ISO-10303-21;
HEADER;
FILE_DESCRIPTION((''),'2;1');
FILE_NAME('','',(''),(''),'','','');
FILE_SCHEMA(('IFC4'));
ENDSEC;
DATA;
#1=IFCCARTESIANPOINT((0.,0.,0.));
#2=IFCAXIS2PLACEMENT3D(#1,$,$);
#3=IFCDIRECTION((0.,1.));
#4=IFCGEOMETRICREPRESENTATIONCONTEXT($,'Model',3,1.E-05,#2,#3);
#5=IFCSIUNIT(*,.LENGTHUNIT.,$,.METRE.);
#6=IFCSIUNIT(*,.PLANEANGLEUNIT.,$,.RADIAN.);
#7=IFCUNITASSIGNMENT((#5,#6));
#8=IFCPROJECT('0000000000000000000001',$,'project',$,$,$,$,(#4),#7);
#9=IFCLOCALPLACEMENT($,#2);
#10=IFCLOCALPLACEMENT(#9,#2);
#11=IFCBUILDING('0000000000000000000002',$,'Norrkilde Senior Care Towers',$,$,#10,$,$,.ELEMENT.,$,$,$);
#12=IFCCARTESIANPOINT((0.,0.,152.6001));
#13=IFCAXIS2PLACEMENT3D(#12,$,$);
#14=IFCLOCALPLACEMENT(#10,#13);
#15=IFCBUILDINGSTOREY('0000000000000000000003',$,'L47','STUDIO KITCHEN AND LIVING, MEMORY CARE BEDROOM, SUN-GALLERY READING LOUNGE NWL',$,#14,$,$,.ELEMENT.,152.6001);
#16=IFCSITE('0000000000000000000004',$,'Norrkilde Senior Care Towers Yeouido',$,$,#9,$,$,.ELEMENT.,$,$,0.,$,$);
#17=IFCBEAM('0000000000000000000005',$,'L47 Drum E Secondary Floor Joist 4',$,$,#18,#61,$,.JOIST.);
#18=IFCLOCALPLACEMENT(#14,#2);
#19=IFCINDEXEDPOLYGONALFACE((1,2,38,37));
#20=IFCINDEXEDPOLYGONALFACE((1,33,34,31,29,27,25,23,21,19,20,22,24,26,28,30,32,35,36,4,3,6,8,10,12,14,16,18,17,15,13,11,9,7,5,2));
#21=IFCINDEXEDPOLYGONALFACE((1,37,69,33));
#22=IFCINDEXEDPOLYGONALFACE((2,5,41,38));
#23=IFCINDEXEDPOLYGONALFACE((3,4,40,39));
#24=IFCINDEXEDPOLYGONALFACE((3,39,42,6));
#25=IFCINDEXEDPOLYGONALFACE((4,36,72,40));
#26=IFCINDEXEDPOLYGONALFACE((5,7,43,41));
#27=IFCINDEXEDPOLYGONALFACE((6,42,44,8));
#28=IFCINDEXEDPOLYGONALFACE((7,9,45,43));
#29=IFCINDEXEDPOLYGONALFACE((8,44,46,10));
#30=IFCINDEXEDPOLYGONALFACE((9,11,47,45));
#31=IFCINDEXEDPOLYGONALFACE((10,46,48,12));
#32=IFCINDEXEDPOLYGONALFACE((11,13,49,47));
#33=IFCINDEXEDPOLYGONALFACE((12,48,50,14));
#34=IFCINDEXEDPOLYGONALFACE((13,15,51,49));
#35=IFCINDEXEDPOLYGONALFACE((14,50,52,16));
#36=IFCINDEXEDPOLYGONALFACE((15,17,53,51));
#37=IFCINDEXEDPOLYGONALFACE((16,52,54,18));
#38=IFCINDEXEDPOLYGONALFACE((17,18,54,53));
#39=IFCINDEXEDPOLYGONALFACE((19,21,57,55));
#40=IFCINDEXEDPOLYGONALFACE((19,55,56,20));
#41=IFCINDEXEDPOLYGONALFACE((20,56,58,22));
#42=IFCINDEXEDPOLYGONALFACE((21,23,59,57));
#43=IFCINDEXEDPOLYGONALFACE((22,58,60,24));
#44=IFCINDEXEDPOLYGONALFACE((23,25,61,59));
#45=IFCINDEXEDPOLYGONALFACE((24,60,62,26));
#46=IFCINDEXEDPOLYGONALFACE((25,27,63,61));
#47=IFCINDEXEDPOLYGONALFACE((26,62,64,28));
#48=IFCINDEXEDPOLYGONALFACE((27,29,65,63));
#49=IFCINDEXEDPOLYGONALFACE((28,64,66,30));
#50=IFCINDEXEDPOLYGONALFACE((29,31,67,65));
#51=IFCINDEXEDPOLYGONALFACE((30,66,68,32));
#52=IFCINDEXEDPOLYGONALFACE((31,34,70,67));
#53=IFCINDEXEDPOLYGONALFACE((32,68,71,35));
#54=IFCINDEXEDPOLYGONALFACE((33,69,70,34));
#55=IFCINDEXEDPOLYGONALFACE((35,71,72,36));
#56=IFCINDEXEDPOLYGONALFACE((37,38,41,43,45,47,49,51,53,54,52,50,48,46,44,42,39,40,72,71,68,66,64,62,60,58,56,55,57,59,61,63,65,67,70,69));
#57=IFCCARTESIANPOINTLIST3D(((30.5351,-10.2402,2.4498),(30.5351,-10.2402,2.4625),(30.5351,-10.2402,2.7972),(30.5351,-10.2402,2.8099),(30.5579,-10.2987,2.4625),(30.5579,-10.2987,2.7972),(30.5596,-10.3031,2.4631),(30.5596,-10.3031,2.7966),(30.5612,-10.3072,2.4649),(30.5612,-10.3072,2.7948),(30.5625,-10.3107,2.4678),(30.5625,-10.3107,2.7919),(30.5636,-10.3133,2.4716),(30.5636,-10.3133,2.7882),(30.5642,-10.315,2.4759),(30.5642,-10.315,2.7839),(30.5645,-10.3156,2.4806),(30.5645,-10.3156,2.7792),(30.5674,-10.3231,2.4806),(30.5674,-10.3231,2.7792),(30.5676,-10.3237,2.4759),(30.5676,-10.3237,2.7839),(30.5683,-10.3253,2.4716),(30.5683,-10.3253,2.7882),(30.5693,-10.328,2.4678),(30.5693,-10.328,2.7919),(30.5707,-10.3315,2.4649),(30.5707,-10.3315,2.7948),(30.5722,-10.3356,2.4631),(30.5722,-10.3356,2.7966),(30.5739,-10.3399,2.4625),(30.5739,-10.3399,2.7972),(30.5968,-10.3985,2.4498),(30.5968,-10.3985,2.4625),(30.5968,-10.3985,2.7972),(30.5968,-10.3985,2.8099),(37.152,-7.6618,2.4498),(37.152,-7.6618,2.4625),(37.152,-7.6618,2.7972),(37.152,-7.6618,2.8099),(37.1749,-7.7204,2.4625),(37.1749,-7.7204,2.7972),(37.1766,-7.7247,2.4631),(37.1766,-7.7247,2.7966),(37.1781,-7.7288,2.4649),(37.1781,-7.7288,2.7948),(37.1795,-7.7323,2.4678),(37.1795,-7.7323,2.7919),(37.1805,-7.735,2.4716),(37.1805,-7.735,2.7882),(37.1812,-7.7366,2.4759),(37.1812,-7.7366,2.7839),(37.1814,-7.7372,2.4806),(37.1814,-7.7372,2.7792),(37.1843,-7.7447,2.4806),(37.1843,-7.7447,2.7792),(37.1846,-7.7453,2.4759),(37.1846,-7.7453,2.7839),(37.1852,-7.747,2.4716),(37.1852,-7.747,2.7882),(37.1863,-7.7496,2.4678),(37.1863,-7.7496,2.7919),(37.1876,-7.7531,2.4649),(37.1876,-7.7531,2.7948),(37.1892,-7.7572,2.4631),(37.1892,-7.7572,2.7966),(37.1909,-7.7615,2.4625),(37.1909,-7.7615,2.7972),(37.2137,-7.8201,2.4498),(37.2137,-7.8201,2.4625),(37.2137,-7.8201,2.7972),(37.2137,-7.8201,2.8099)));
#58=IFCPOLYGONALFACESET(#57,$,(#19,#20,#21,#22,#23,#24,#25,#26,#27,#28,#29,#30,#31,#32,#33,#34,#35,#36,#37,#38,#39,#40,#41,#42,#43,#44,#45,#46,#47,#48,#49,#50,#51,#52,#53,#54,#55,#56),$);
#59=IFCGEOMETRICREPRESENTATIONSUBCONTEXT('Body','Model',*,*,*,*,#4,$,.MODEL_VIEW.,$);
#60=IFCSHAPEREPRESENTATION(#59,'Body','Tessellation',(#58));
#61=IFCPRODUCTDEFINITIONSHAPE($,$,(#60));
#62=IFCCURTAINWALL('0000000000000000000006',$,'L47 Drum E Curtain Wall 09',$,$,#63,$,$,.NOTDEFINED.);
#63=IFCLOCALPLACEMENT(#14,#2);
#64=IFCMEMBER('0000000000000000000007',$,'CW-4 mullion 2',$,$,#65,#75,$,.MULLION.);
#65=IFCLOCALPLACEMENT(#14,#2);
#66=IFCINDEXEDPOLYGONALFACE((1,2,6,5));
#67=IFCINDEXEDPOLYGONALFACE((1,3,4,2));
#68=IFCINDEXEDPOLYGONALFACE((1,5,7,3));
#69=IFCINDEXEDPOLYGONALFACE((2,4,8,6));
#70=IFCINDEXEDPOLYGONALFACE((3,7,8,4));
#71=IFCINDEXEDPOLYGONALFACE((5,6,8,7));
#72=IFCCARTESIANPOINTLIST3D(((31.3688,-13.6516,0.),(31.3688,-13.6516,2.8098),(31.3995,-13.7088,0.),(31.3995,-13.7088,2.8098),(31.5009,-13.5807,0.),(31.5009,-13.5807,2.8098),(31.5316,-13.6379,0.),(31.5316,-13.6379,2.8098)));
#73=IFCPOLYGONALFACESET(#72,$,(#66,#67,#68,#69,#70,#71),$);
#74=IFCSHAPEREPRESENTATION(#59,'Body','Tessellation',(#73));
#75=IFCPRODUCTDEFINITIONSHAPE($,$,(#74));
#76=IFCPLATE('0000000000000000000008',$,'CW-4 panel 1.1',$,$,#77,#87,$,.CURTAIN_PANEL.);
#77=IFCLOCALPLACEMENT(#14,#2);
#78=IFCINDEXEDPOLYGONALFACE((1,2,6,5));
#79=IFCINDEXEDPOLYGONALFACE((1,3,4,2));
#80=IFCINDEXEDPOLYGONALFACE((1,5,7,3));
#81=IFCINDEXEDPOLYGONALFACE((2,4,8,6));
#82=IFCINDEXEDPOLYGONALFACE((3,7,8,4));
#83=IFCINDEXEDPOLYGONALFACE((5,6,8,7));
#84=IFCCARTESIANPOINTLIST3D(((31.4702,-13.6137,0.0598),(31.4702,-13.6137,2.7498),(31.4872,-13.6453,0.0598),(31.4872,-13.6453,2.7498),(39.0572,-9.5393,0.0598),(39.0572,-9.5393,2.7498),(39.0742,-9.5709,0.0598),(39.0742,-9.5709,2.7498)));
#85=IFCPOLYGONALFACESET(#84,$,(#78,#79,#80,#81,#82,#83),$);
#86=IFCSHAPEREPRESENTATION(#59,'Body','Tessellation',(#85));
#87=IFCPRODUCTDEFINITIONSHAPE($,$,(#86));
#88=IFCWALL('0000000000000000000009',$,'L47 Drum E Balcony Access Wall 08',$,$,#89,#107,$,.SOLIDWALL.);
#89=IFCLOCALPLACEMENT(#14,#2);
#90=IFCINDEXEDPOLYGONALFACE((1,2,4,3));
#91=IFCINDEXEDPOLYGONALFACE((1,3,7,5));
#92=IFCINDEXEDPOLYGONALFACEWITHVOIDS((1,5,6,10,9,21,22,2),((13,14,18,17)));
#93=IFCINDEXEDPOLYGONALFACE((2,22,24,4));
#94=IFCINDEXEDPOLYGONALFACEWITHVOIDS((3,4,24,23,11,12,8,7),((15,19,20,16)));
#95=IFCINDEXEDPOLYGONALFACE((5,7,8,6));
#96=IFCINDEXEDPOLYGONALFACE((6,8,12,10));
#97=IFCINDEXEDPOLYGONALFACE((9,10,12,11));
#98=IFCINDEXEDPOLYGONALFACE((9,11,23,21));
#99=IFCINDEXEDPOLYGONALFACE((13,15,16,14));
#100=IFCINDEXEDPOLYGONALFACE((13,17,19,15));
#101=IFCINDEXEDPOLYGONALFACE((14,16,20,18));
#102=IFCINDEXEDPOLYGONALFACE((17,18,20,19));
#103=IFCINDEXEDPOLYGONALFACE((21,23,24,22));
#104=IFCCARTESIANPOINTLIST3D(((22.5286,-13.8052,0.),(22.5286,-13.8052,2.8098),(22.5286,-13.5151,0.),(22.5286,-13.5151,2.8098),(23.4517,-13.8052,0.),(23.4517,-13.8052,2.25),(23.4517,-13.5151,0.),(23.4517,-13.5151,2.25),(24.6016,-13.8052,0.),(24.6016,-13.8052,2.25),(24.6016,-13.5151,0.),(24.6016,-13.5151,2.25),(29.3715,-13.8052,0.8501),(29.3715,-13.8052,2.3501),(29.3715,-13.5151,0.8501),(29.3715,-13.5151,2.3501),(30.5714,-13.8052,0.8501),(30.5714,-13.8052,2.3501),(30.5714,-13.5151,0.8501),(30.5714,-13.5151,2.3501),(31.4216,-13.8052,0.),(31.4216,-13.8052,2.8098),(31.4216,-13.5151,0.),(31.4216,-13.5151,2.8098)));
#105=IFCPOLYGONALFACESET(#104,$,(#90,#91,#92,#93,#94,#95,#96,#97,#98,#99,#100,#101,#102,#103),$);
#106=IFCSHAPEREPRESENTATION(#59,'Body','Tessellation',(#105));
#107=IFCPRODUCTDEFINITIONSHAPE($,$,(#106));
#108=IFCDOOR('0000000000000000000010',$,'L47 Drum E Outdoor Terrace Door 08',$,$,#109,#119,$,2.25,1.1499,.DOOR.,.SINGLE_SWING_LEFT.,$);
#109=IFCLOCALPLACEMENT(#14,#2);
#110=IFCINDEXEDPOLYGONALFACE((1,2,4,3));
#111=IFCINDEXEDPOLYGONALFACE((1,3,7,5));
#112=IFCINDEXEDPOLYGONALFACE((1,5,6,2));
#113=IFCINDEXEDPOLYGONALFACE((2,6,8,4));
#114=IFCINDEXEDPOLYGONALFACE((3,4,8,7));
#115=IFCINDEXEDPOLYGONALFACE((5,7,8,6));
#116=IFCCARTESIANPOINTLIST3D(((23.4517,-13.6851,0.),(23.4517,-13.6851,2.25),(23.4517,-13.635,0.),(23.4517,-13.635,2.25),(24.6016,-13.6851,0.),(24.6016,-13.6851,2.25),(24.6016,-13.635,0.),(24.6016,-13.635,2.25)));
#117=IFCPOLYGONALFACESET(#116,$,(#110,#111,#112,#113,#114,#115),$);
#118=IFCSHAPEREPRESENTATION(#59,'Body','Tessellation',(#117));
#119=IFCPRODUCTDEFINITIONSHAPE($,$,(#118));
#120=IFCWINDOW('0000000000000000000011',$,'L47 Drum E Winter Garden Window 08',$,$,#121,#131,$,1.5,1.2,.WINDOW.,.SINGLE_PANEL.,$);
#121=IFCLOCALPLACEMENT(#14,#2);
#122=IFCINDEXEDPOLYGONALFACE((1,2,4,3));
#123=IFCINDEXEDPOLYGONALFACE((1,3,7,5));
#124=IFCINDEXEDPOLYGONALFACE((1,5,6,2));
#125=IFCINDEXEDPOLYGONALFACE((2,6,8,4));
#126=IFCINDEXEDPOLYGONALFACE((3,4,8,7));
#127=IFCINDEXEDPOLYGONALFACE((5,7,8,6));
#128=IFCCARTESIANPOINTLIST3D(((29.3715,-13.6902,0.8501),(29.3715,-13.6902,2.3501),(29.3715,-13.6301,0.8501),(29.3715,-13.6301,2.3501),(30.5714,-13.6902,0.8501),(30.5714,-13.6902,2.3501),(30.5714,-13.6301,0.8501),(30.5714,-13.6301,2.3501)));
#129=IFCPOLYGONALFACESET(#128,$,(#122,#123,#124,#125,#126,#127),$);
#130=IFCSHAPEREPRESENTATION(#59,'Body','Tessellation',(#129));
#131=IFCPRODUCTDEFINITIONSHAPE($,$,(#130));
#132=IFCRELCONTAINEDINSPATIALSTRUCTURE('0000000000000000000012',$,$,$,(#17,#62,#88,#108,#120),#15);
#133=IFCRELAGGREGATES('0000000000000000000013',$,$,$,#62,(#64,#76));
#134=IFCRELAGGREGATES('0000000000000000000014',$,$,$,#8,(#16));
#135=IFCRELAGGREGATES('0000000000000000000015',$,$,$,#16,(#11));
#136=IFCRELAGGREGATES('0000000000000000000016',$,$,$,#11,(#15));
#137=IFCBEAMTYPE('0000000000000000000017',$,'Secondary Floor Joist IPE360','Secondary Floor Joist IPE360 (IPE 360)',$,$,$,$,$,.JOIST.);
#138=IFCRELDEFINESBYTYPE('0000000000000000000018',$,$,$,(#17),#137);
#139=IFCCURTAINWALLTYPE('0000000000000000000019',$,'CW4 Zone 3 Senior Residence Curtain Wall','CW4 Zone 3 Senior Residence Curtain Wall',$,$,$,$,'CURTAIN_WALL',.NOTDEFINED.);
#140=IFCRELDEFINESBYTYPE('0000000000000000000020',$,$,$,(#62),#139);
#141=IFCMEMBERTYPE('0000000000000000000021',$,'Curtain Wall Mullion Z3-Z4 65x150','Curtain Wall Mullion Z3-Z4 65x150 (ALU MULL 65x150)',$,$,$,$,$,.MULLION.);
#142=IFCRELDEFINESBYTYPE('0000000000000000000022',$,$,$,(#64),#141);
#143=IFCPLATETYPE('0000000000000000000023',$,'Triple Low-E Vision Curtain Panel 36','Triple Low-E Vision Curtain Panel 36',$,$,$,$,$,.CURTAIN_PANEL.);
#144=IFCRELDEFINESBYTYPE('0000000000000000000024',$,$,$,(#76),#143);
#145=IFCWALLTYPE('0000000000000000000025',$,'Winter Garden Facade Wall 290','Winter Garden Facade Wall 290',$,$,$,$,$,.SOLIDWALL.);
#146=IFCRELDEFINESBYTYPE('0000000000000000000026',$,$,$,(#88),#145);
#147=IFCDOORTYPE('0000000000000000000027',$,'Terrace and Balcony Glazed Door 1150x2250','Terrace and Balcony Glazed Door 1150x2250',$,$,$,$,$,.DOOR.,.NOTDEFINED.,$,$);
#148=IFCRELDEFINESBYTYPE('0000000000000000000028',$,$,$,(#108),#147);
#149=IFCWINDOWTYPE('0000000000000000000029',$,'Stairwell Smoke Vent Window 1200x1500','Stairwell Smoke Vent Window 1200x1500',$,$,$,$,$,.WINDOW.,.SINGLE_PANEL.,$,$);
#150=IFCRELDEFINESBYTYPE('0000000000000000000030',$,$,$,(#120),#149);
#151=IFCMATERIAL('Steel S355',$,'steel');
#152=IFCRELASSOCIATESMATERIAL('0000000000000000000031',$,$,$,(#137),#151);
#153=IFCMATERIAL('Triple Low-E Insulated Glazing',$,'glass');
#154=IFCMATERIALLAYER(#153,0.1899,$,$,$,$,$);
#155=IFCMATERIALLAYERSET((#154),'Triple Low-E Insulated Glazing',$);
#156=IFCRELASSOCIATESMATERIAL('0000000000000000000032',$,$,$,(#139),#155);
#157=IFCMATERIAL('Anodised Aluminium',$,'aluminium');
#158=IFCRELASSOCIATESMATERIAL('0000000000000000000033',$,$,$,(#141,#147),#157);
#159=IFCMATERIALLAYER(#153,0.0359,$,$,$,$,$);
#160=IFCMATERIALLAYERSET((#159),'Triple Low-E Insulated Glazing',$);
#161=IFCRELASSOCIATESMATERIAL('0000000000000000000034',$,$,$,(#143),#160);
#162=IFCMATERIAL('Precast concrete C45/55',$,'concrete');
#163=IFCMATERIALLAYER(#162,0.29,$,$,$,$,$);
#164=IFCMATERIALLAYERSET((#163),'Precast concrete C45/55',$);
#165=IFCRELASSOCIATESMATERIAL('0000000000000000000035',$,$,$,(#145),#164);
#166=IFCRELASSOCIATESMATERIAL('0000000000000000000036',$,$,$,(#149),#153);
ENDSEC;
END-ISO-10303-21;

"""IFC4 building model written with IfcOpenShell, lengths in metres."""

from ifc_helpers import new_model, si_unit, direction, frame, frame_2d, origin, origin_2d, place, context, subcontext, project, spatial, rectangle, i_section, extrude, source, transform, mapped, material, layer, layer_set, material_profile, profile_set, type_object, type_shapes, element, fill, aggregate, save


model = new_model("IFC4")

# Units and contexts
model_context = context("Model", 3, precision=1e-05, world=origin(), true_north=direction((0.0, 1.0)))
body_context = subcontext(model_context, "Body", "Model", "MODEL_VIEW")
ifc_project = project(units=[si_unit("LENGTHUNIT", "METRE"), si_unit("PLANEANGLEUNIT", "RADIAN")], contexts=[model_context])

# Site, building, storey
site_placement = place(None, origin())
site = spatial("IfcSite", under=ifc_project, at=site_placement, Name="Norrkilde Senior Care Towers Yeouido", CompositionType="ELEMENT", RefElevation=0.0)
building_placement = place(site_placement, origin())
building = spatial("IfcBuilding", under=site, at=building_placement, Name="Norrkilde Senior Care Towers", CompositionType="ELEMENT")
storey_placement = place(building_placement, frame((0.0, 0.0, 152.6001)))
storey = spatial("IfcBuildingStorey", under=building, at=storey_placement, Name="L47", Description="STUDIO KITCHEN AND LIVING, MEMORY CARE BEDROOM, SUN-GALLERY READING LOUNGE NWL", CompositionType="ELEMENT", Elevation=152.6001)

# Beam
ifc_material_1 = material(Name="Steel S355", Category="steel")
ifc_material_profile_1 = material_profile(ifc_material_1, i_section(OverallWidth=0.1699, OverallDepth=0.3601, WebThickness=0.0081, FlangeThickness=0.0127, FilletRadius=0.0181, at=origin_2d()), Name="IPE 360")
ifc_profile_set_1 = profile_set([ifc_material_profile_1], Name="Steel S355")
beam_type_1 = type_object("IfcBeamType", Name="Secondary Floor Joist IPE360", Description="Secondary Floor Joist IPE360 (IPE 360)", PredefinedType="JOIST", material=ifc_profile_set_1)
shared_shape_1 = source(origin(), body_context, "Body", "SweptSolid", [
    extrude(i_section(OverallWidth=0.1699, OverallDepth=0.3601, WebThickness=0.0081, FlangeThickness=0.0127, FilletRadius=0.0181, at=origin_2d()), origin(), (0.0, 0.0, 1.0), 7.1016),
])
type_shapes(beam_type_1, [shared_shape_1])
beam_1_placement = place(storey_placement, frame((30.5659, -10.3193, 2.6299), z_axis=(0.931761, 0.363072, 0.0), x_axis=(-0.363072, 0.931761, 0.0)))
element("IfcBeam", 1, at=beam_1_placement, inside=storey, type_object=beam_type_1, Name="L47 Drum E Secondary Floor Joist 4", PredefinedType="JOIST", context=body_context, shape_type="MappedRepresentation", body=[
    mapped(shared_shape_1, transform((0.0, 0.0, 0.0), x_axis=(1.0, 0.0, 0.0), y_axis=(0.0, 1.0, 0.0), z_axis=(0.0, 0.0, 1.0), scale=1.0)),
])

# Curtain wall, member, plate
ifc_material_2 = material(Name="Triple Low-E Insulated Glazing", Category="glass")
ifc_layer_1 = layer(ifc_material_2, 0.1899)
ifc_layer_set_1 = layer_set([ifc_layer_1], Name="Triple Low-E Insulated Glazing")
curtain_wall_type = type_object("IfcCurtainWallType", Name="CW4 Zone 3 Senior Residence Curtain Wall", Description="CW4 Zone 3 Senior Residence Curtain Wall", ElementType="CURTAIN_WALL", PredefinedType="NOTDEFINED", material=ifc_layer_set_1)
curtain_wall_placement = place(storey_placement, origin())
curtain_wall = element("IfcCurtainWall", 2, at=curtain_wall_placement, inside=storey, type_object=curtain_wall_type, Name="L47 Drum E Curtain Wall 09", PredefinedType="NOTDEFINED")
ifc_material_3 = material(Name="Anodised Aluminium", Category="aluminium")
ifc_material_profile_2 = material_profile(ifc_material_3, rectangle(XDim=0.0649, YDim=0.1499, at=origin_2d()), Name="ALU MULL 65x150")
ifc_profile_set_2 = profile_set([ifc_material_profile_2], Name="Anodised Aluminium")
member_type = type_object("IfcMemberType", Name="Curtain Wall Mullion Z3-Z4 65x150", Description="Curtain Wall Mullion Z3-Z4 65x150 (ALU MULL 65x150)", PredefinedType="MULLION", material=ifc_profile_set_2)
shared_shape_2 = source(origin(), body_context, "Body", "SweptSolid", [
    extrude(rectangle(XDim=0.0649, YDim=0.1499, at=origin_2d()), origin(), (0.0, 0.0, 1.0), 2.8098),
])
type_shapes(member_type, [shared_shape_2])
member_placement = place(storey_placement, frame((31.4502, -13.6448, 0.0), z_axis=(0.0, 0.0, 1.0), x_axis=(0.473117, -0.881, 0.0)))
member = element("IfcMember", 3, at=member_placement, type_object=member_type, Name="CW-4 mullion 2", PredefinedType="MULLION", context=body_context, shape_type="MappedRepresentation", body=[
    mapped(shared_shape_2, transform((0.0, 0.0, 0.0), x_axis=(1.0, 0.0, 0.0), y_axis=(0.0, 1.0, 0.0), z_axis=(0.0, 0.0, 1.0), scale=1.0)),
])
ifc_layer_2 = layer(ifc_material_2, 0.0359)
ifc_layer_set_2 = layer_set([ifc_layer_2], Name="Triple Low-E Insulated Glazing")
plate_type = type_object("IfcPlateType", Name="Triple Low-E Vision Curtain Panel 36", Description="Triple Low-E Vision Curtain Panel 36", PredefinedType="CURTAIN_PANEL", material=ifc_layer_set_2)
shared_shape_3 = source(origin(), body_context, "Body", "SweptSolid", [
    extrude(rectangle(XDim=8.6118, YDim=0.0359, at=origin_2d()), origin(), (0.0, 0.0, 1.0), 2.6899),
])
type_shapes(plate_type, [shared_shape_3])
plate_placement = place(storey_placement, frame((35.2722, -11.5923, 0.0598), z_axis=(0.0, 0.0, 1.0), x_axis=(-0.881, -0.473117, 0.0)))
plate = element("IfcPlate", 4, at=plate_placement, type_object=plate_type, Name="CW-4 panel 1.1", PredefinedType="CURTAIN_PANEL", context=body_context, shape_type="MappedRepresentation", body=[
    mapped(shared_shape_3, transform((0.0, 0.0, 0.0), x_axis=(1.0, 0.0, 0.0), y_axis=(0.0, 1.0, 0.0), z_axis=(0.0, 0.0, 1.0), scale=1.0)),
])
aggregate(curtain_wall, [member, plate])

# Wall, openings, door, window
ifc_material_4 = material(Name="Precast concrete C45/55", Category="concrete")
ifc_layer_3 = layer(ifc_material_4, 0.29)
ifc_layer_set_3 = layer_set([ifc_layer_3], Name="Precast concrete C45/55")
wall_type_1 = type_object("IfcWallType", Name="Winter Garden Facade Wall 290", Description="Winter Garden Facade Wall 290", PredefinedType="SOLIDWALL", material=ifc_layer_set_3)
shared_shape_4 = source(origin(), body_context, "Body", "SweptSolid", [
    extrude(rectangle(XDim=8.8931, YDim=0.29, at=frame_2d((4.4465, 0.0))), origin(), (0.0, 0.0, 1.0), 2.8098),
])
type_shapes(wall_type_1, [shared_shape_4])
wall_1_placement = place(storey_placement, frame((31.4216, -13.6602, 0.0), z_axis=(0.0, 0.0, 1.0), x_axis=(-1.0, 0.0, 0.0)))
wall_1 = element("IfcWall", 5, at=wall_1_placement, inside=storey, type_object=wall_type_1, Name="L47 Drum E Balcony Access Wall 08", PredefinedType="SOLIDWALL", context=body_context, shape_type="MappedRepresentation", body=[
    mapped(shared_shape_4, transform((0.0, 0.0, 0.0), x_axis=(1.0, 0.0, 0.0), y_axis=(0.0, 1.0, 0.0), z_axis=(0.0, 0.0, 1.0), scale=1.0)),
])
opening_1_placement = place(wall_1_placement, frame((6.8201, 0.0, 0.0)))
opening_1 = element("IfcOpeningElement", 6, at=opening_1_placement, cuts=wall_1, PredefinedType="OPENING", context=body_context, shape_type="SweptSolid", body=[
    extrude(rectangle(XDim=1.1499, YDim=2.25, at=frame_2d((0.575, 1.125))), frame((0.0, 0.155, 0.0), z_axis=(0.0, -1.0, 0.0), x_axis=(1.0, 0.0, 0.0)), (0.0, 0.0, 1.0), 0.3101),
])
opening_2_placement = place(wall_1_placement, frame((0.8501, 0.0, 0.8501)))
opening_2 = element("IfcOpeningElement", 7, at=opening_2_placement, cuts=wall_1, PredefinedType="OPENING", context=body_context, shape_type="SweptSolid", body=[
    extrude(rectangle(XDim=1.2, YDim=1.5, at=frame_2d((0.6001, 0.75))), frame((0.0, 0.155, 0.0), z_axis=(0.0, -1.0, 0.0), x_axis=(1.0, 0.0, 0.0)), (0.0, 0.0, 1.0), 0.3101),
])
door_type_1 = type_object("IfcDoorType", Name="Terrace and Balcony Glazed Door 1150x2250", Description="Terrace and Balcony Glazed Door 1150x2250", OperationType="NOTDEFINED", PredefinedType="DOOR", material=ifc_material_3)
shared_shape_5 = source(origin(), body_context, "Body", "SweptSolid", [
    extrude(rectangle(XDim=1.1499, YDim=2.25, at=frame_2d((0.575, 1.125))), frame((0.0, 0.0249, 0.0), z_axis=(0.0, -1.0, 0.0), x_axis=(1.0, 0.0, 0.0)), (0.0, 0.0, 1.0), 0.05),
])
type_shapes(door_type_1, [shared_shape_5])
door_1_placement = place(opening_1_placement, origin())
door_1 = element("IfcDoor", 8, at=door_1_placement, inside=storey, type_object=door_type_1, Name="L47 Drum E Outdoor Terrace Door 08", OperationType="SINGLE_SWING_LEFT", OverallHeight=2.25, OverallWidth=1.1499, PredefinedType="DOOR", context=body_context, shape_type="MappedRepresentation", body=[
    mapped(shared_shape_5, transform((0.0, 0.0, 0.0), x_axis=(1.0, 0.0, 0.0), y_axis=(0.0, 1.0, 0.0), z_axis=(0.0, 0.0, 1.0), scale=1.0)),
])
fill(opening_1, door_1)
window_type = type_object("IfcWindowType", Name="Stairwell Smoke Vent Window 1200x1500", Description="Stairwell Smoke Vent Window 1200x1500", PartitioningType="SINGLE_PANEL", PredefinedType="WINDOW", material=ifc_material_2)
shared_shape_6 = source(origin(), body_context, "Body", "SweptSolid", [
    extrude(rectangle(XDim=1.2, YDim=1.5, at=frame_2d((0.6001, 0.75))), frame((0.0, 0.03, 0.0), z_axis=(0.0, -1.0, 0.0), x_axis=(1.0, 0.0, 0.0)), (0.0, 0.0, 1.0), 0.0601),
])
type_shapes(window_type, [shared_shape_6])
window_placement = place(opening_2_placement, origin())
window = element("IfcWindow", 9, at=window_placement, inside=storey, type_object=window_type, Name="L47 Drum E Winter Garden Window 08", OverallHeight=1.5, OverallWidth=1.2, PartitioningType="SINGLE_PANEL", PredefinedType="WINDOW", context=body_context, shape_type="MappedRepresentation", body=[
    mapped(shared_shape_6, transform((0.0, 0.0, 0.0), x_axis=(1.0, 0.0, 0.0), y_axis=(0.0, 1.0, 0.0), z_axis=(0.0, 0.0, 1.0), scale=1.0)),
])
fill(opening_2, window)

save(model, "model.ifc")
